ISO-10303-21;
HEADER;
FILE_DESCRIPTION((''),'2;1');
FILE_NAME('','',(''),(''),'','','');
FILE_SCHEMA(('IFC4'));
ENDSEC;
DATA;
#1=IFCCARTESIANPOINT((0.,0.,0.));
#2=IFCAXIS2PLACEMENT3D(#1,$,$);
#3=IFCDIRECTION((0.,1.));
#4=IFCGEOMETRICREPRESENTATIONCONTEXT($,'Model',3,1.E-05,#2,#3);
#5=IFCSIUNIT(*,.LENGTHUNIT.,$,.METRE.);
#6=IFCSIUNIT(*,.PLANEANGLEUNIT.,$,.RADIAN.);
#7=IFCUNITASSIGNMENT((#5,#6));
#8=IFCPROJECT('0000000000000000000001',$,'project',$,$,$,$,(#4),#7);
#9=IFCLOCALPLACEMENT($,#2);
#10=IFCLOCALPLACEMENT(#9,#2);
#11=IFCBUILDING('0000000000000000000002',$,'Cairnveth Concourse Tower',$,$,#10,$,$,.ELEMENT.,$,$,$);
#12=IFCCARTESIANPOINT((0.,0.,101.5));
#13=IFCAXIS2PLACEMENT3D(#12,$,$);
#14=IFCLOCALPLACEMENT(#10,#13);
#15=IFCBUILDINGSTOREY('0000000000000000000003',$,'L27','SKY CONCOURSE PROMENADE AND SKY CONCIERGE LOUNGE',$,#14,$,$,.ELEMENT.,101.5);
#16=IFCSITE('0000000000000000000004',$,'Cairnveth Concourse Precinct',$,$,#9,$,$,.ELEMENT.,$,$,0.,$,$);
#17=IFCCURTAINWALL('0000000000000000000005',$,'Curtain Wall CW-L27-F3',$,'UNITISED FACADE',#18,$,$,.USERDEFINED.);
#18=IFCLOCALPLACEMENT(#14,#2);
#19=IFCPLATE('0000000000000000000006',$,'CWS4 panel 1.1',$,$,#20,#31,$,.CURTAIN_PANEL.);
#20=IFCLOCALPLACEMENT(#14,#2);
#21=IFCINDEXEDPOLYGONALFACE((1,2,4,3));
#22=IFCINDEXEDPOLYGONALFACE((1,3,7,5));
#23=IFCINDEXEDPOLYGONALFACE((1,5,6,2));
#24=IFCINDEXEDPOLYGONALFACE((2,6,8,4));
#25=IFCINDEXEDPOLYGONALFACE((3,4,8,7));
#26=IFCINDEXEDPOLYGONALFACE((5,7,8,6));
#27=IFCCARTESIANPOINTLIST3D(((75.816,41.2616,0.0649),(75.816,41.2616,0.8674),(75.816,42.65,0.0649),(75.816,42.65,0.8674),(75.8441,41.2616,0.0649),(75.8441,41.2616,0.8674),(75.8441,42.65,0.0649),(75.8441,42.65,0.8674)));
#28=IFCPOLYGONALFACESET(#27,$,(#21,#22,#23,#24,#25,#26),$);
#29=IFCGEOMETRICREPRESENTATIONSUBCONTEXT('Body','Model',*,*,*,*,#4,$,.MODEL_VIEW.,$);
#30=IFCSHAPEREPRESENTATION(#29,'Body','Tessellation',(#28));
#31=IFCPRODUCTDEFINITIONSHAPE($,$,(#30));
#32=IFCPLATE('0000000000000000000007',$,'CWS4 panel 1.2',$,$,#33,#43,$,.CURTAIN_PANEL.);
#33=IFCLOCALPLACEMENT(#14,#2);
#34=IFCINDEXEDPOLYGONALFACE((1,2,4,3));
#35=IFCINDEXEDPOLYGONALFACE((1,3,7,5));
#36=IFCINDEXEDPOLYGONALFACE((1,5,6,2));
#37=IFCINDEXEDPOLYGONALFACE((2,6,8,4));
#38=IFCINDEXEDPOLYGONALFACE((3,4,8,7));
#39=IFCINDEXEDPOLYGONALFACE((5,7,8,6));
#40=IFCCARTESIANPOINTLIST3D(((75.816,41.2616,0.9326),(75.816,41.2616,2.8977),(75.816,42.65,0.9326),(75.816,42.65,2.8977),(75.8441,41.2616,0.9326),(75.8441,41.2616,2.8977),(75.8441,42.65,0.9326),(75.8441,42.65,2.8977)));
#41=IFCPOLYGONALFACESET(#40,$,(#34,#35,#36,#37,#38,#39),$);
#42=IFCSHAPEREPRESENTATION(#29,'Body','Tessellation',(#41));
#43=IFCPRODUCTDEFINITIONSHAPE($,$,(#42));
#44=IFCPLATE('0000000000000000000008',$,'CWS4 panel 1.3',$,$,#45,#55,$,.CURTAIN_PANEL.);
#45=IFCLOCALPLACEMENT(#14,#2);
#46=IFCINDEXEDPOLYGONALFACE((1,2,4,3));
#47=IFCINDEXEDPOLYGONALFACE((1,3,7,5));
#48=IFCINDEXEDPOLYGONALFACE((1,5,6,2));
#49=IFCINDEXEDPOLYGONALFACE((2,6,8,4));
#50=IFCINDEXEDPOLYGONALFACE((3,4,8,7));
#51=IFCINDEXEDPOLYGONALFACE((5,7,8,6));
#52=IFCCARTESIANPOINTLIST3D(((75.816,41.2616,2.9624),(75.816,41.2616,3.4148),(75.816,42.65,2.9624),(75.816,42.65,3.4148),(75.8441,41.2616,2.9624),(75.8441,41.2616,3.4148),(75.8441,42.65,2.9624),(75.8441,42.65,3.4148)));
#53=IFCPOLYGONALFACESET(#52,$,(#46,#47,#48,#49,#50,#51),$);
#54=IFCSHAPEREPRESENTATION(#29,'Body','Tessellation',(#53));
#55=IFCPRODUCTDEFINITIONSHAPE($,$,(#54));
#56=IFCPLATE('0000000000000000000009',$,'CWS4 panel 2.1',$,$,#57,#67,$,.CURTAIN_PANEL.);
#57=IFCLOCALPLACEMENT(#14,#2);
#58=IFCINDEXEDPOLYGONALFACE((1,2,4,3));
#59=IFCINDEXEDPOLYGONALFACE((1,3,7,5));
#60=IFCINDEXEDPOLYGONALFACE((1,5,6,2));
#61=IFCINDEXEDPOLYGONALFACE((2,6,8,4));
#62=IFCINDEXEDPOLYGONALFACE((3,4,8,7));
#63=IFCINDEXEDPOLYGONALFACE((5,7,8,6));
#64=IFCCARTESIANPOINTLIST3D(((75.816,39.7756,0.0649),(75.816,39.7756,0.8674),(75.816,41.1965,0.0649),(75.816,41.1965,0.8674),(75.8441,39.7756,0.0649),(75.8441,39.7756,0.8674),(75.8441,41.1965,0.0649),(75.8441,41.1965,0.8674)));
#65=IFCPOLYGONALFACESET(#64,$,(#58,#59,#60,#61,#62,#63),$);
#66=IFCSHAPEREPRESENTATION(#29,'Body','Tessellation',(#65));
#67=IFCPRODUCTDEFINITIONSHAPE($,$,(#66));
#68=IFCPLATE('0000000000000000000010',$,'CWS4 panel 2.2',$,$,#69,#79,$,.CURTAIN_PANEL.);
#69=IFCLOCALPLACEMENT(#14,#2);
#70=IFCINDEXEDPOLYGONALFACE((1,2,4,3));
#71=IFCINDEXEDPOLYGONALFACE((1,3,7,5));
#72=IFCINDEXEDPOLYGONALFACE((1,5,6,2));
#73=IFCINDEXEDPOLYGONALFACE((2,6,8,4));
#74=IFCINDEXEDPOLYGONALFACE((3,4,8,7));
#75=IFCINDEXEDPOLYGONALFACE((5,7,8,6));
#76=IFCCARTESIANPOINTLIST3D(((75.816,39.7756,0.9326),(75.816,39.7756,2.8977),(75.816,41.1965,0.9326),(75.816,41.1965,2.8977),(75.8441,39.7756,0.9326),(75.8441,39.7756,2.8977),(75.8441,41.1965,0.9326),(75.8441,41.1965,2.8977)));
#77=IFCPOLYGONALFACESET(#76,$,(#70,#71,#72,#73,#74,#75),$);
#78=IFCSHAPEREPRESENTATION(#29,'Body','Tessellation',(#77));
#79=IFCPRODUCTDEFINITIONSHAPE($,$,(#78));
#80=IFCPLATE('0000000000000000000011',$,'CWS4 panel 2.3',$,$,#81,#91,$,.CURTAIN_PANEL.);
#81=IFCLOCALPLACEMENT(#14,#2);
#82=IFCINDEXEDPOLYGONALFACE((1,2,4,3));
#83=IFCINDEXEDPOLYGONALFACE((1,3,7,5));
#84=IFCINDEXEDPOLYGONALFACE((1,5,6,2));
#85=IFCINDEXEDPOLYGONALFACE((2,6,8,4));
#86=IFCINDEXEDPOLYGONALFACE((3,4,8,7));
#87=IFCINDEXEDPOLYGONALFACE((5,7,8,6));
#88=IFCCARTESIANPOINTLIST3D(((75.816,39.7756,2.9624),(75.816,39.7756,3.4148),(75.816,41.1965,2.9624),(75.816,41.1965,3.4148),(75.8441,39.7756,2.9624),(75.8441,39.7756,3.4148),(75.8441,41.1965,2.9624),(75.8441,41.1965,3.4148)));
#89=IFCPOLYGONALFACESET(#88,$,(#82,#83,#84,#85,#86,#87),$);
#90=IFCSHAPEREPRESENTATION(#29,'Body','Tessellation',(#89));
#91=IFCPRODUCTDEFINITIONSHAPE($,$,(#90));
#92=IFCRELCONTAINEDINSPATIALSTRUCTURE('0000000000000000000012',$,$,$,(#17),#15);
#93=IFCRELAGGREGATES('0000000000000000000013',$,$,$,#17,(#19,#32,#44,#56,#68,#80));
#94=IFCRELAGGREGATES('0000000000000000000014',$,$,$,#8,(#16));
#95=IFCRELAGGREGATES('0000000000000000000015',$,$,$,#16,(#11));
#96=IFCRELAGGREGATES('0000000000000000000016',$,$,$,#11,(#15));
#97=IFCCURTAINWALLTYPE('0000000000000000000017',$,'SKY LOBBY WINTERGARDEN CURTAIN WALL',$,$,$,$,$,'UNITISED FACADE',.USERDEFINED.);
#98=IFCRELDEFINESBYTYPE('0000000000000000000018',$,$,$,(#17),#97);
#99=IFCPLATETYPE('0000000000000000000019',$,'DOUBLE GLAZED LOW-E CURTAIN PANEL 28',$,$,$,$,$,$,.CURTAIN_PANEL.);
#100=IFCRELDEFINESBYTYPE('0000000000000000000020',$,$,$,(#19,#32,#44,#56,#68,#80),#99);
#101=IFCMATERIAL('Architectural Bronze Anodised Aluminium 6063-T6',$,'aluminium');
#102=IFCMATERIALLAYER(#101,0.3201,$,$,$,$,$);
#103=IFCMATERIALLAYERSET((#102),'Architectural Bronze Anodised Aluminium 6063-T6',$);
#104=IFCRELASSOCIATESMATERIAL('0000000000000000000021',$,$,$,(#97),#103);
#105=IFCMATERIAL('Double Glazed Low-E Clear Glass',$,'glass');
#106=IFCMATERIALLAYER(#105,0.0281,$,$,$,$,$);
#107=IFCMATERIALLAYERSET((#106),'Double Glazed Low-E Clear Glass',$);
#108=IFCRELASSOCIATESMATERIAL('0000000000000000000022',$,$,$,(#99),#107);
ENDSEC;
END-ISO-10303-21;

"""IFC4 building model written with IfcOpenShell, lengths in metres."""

from ifc_helpers import new_model, si_unit, direction, frame, origin, origin_2d, place, context, subcontext, project, spatial, rectangle, extrude, material, layer, layer_set, type_object, element, aggregate, save


model = new_model("IFC4")

# Units and contexts
model_context = context("Model", 3, precision=1e-05, world=origin(), true_north=direction((0.0, 1.0)))
body_context = subcontext(model_context, "Body", "Model", "MODEL_VIEW")
ifc_project = project(units=[si_unit("LENGTHUNIT", "METRE"), si_unit("PLANEANGLEUNIT", "RADIAN")], contexts=[model_context])

# Site, building, storey
site_placement = place(None, origin())
site = spatial("IfcSite", under=ifc_project, at=site_placement, Name="Cairnveth Concourse Precinct", CompositionType="ELEMENT", RefElevation=0.0)
building_placement = place(site_placement, origin())
building = spatial("IfcBuilding", under=site, at=building_placement, Name="Cairnveth Concourse Tower", CompositionType="ELEMENT")
storey_placement = place(building_placement, frame((0.0, 0.0, 101.5)))
storey = spatial("IfcBuildingStorey", under=building, at=storey_placement, Name="L27", Description="SKY CONCOURSE PROMENADE AND SKY CONCIERGE LOUNGE", CompositionType="ELEMENT", Elevation=101.5)

# Curtain wall, plates
ifc_material_1 = material(Name="Architectural Bronze Anodised Aluminium 6063-T6", Category="aluminium")
ifc_layer_1 = layer(ifc_material_1, 0.3201)
ifc_layer_set_1 = layer_set([ifc_layer_1], Name="Architectural Bronze Anodised Aluminium 6063-T6")
curtain_wall_type = type_object("IfcCurtainWallType", Name="SKY LOBBY WINTERGARDEN CURTAIN WALL", ElementType="UNITISED FACADE", PredefinedType="USERDEFINED", material=ifc_layer_set_1)
curtain_wall_placement = place(storey_placement, origin())
curtain_wall = element("IfcCurtainWall", 1, at=curtain_wall_placement, inside=storey, type_object=curtain_wall_type, Name="Curtain Wall CW-L27-F3", ObjectType="UNITISED FACADE", PredefinedType="USERDEFINED")
ifc_material_2 = material(Name="Double Glazed Low-E Clear Glass", Category="glass")
ifc_layer_2 = layer(ifc_material_2, 0.0281)
ifc_layer_set_2 = layer_set([ifc_layer_2], Name="Double Glazed Low-E Clear Glass")
plate_type = type_object("IfcPlateType", Name="DOUBLE GLAZED LOW-E CURTAIN PANEL 28", PredefinedType="CURTAIN_PANEL", material=ifc_layer_set_2)
plate_1_placement = place(storey_placement, frame((75.8301, 41.9558, 0.0649), z_axis=(0.0, 0.0, 1.0), x_axis=(0.0, -1.0, 0.0)))
plate_1 = element("IfcPlate", 2, at=plate_1_placement, type_object=plate_type, Name="CWS4 panel 1.1", PredefinedType="CURTAIN_PANEL", context=body_context, shape_type="SweptSolid", body=[
    extrude(rectangle(XDim=1.3884, YDim=0.0281, at=origin_2d()), origin(), (0.0, 0.0, 1.0), 0.8025),
])
plate_2_placement = place(storey_placement, frame((75.8301, 41.9558, 0.9326), z_axis=(0.0, 0.0, 1.0), x_axis=(0.0, -1.0, 0.0)))
plate_2 = element("IfcPlate", 3, at=plate_2_placement, type_object=plate_type, Name="CWS4 panel 1.2", PredefinedType="CURTAIN_PANEL", context=body_context, shape_type="SweptSolid", body=[
    extrude(rectangle(XDim=1.3884, YDim=0.0281, at=origin_2d()), origin(), (0.0, 0.0, 1.0), 1.9651),
])
plate_3_placement = place(storey_placement, frame((75.8301, 41.9558, 2.9624), z_axis=(0.0, 0.0, 1.0), x_axis=(0.0, -1.0, 0.0)))
plate_3 = element("IfcPlate", 4, at=plate_3_placement, type_object=plate_type, Name="CWS4 panel 1.3", PredefinedType="CURTAIN_PANEL", context=body_context, shape_type="SweptSolid", body=[
    extrude(rectangle(XDim=1.3884, YDim=0.0281, at=origin_2d()), origin(), (0.0, 0.0, 1.0), 0.4524),
])
plate_4_placement = place(storey_placement, frame((75.8301, 40.4861, 0.0649), z_axis=(0.0, 0.0, 1.0), x_axis=(0.0, -1.0, 0.0)))
plate_4 = element("IfcPlate", 5, at=plate_4_placement, type_object=plate_type, Name="CWS4 panel 2.1", PredefinedType="CURTAIN_PANEL", context=body_context, shape_type="SweptSolid", body=[
    extrude(rectangle(XDim=1.4209, YDim=0.0281, at=origin_2d()), origin(), (0.0, 0.0, 1.0), 0.8025),
])
plate_5_placement = place(storey_placement, frame((75.8301, 40.4861, 0.9326), z_axis=(0.0, 0.0, 1.0), x_axis=(0.0, -1.0, 0.0)))
plate_5 = element("IfcPlate", 6, at=plate_5_placement, type_object=plate_type, Name="CWS4 panel 2.2", PredefinedType="CURTAIN_PANEL", context=body_context, shape_type="SweptSolid", body=[
    extrude(rectangle(XDim=1.4209, YDim=0.0281, at=origin_2d()), origin(), (0.0, 0.0, 1.0), 1.9651),
])
plate_6_placement = place(storey_placement, frame((75.8301, 40.4861, 2.9624), z_axis=(0.0, 0.0, 1.0), x_axis=(0.0, -1.0, 0.0)))
plate_6 = element("IfcPlate", 7, at=plate_6_placement, type_object=plate_type, Name="CWS4 panel 2.3", PredefinedType="CURTAIN_PANEL", context=body_context, shape_type="SweptSolid", body=[
    extrude(rectangle(XDim=1.4209, YDim=0.0281, at=origin_2d()), origin(), (0.0, 0.0, 1.0), 0.4524),
])
aggregate(curtain_wall, [plate_1, plate_2, plate_3, plate_4, plate_5, plate_6])

save(model, "model.ifc")
